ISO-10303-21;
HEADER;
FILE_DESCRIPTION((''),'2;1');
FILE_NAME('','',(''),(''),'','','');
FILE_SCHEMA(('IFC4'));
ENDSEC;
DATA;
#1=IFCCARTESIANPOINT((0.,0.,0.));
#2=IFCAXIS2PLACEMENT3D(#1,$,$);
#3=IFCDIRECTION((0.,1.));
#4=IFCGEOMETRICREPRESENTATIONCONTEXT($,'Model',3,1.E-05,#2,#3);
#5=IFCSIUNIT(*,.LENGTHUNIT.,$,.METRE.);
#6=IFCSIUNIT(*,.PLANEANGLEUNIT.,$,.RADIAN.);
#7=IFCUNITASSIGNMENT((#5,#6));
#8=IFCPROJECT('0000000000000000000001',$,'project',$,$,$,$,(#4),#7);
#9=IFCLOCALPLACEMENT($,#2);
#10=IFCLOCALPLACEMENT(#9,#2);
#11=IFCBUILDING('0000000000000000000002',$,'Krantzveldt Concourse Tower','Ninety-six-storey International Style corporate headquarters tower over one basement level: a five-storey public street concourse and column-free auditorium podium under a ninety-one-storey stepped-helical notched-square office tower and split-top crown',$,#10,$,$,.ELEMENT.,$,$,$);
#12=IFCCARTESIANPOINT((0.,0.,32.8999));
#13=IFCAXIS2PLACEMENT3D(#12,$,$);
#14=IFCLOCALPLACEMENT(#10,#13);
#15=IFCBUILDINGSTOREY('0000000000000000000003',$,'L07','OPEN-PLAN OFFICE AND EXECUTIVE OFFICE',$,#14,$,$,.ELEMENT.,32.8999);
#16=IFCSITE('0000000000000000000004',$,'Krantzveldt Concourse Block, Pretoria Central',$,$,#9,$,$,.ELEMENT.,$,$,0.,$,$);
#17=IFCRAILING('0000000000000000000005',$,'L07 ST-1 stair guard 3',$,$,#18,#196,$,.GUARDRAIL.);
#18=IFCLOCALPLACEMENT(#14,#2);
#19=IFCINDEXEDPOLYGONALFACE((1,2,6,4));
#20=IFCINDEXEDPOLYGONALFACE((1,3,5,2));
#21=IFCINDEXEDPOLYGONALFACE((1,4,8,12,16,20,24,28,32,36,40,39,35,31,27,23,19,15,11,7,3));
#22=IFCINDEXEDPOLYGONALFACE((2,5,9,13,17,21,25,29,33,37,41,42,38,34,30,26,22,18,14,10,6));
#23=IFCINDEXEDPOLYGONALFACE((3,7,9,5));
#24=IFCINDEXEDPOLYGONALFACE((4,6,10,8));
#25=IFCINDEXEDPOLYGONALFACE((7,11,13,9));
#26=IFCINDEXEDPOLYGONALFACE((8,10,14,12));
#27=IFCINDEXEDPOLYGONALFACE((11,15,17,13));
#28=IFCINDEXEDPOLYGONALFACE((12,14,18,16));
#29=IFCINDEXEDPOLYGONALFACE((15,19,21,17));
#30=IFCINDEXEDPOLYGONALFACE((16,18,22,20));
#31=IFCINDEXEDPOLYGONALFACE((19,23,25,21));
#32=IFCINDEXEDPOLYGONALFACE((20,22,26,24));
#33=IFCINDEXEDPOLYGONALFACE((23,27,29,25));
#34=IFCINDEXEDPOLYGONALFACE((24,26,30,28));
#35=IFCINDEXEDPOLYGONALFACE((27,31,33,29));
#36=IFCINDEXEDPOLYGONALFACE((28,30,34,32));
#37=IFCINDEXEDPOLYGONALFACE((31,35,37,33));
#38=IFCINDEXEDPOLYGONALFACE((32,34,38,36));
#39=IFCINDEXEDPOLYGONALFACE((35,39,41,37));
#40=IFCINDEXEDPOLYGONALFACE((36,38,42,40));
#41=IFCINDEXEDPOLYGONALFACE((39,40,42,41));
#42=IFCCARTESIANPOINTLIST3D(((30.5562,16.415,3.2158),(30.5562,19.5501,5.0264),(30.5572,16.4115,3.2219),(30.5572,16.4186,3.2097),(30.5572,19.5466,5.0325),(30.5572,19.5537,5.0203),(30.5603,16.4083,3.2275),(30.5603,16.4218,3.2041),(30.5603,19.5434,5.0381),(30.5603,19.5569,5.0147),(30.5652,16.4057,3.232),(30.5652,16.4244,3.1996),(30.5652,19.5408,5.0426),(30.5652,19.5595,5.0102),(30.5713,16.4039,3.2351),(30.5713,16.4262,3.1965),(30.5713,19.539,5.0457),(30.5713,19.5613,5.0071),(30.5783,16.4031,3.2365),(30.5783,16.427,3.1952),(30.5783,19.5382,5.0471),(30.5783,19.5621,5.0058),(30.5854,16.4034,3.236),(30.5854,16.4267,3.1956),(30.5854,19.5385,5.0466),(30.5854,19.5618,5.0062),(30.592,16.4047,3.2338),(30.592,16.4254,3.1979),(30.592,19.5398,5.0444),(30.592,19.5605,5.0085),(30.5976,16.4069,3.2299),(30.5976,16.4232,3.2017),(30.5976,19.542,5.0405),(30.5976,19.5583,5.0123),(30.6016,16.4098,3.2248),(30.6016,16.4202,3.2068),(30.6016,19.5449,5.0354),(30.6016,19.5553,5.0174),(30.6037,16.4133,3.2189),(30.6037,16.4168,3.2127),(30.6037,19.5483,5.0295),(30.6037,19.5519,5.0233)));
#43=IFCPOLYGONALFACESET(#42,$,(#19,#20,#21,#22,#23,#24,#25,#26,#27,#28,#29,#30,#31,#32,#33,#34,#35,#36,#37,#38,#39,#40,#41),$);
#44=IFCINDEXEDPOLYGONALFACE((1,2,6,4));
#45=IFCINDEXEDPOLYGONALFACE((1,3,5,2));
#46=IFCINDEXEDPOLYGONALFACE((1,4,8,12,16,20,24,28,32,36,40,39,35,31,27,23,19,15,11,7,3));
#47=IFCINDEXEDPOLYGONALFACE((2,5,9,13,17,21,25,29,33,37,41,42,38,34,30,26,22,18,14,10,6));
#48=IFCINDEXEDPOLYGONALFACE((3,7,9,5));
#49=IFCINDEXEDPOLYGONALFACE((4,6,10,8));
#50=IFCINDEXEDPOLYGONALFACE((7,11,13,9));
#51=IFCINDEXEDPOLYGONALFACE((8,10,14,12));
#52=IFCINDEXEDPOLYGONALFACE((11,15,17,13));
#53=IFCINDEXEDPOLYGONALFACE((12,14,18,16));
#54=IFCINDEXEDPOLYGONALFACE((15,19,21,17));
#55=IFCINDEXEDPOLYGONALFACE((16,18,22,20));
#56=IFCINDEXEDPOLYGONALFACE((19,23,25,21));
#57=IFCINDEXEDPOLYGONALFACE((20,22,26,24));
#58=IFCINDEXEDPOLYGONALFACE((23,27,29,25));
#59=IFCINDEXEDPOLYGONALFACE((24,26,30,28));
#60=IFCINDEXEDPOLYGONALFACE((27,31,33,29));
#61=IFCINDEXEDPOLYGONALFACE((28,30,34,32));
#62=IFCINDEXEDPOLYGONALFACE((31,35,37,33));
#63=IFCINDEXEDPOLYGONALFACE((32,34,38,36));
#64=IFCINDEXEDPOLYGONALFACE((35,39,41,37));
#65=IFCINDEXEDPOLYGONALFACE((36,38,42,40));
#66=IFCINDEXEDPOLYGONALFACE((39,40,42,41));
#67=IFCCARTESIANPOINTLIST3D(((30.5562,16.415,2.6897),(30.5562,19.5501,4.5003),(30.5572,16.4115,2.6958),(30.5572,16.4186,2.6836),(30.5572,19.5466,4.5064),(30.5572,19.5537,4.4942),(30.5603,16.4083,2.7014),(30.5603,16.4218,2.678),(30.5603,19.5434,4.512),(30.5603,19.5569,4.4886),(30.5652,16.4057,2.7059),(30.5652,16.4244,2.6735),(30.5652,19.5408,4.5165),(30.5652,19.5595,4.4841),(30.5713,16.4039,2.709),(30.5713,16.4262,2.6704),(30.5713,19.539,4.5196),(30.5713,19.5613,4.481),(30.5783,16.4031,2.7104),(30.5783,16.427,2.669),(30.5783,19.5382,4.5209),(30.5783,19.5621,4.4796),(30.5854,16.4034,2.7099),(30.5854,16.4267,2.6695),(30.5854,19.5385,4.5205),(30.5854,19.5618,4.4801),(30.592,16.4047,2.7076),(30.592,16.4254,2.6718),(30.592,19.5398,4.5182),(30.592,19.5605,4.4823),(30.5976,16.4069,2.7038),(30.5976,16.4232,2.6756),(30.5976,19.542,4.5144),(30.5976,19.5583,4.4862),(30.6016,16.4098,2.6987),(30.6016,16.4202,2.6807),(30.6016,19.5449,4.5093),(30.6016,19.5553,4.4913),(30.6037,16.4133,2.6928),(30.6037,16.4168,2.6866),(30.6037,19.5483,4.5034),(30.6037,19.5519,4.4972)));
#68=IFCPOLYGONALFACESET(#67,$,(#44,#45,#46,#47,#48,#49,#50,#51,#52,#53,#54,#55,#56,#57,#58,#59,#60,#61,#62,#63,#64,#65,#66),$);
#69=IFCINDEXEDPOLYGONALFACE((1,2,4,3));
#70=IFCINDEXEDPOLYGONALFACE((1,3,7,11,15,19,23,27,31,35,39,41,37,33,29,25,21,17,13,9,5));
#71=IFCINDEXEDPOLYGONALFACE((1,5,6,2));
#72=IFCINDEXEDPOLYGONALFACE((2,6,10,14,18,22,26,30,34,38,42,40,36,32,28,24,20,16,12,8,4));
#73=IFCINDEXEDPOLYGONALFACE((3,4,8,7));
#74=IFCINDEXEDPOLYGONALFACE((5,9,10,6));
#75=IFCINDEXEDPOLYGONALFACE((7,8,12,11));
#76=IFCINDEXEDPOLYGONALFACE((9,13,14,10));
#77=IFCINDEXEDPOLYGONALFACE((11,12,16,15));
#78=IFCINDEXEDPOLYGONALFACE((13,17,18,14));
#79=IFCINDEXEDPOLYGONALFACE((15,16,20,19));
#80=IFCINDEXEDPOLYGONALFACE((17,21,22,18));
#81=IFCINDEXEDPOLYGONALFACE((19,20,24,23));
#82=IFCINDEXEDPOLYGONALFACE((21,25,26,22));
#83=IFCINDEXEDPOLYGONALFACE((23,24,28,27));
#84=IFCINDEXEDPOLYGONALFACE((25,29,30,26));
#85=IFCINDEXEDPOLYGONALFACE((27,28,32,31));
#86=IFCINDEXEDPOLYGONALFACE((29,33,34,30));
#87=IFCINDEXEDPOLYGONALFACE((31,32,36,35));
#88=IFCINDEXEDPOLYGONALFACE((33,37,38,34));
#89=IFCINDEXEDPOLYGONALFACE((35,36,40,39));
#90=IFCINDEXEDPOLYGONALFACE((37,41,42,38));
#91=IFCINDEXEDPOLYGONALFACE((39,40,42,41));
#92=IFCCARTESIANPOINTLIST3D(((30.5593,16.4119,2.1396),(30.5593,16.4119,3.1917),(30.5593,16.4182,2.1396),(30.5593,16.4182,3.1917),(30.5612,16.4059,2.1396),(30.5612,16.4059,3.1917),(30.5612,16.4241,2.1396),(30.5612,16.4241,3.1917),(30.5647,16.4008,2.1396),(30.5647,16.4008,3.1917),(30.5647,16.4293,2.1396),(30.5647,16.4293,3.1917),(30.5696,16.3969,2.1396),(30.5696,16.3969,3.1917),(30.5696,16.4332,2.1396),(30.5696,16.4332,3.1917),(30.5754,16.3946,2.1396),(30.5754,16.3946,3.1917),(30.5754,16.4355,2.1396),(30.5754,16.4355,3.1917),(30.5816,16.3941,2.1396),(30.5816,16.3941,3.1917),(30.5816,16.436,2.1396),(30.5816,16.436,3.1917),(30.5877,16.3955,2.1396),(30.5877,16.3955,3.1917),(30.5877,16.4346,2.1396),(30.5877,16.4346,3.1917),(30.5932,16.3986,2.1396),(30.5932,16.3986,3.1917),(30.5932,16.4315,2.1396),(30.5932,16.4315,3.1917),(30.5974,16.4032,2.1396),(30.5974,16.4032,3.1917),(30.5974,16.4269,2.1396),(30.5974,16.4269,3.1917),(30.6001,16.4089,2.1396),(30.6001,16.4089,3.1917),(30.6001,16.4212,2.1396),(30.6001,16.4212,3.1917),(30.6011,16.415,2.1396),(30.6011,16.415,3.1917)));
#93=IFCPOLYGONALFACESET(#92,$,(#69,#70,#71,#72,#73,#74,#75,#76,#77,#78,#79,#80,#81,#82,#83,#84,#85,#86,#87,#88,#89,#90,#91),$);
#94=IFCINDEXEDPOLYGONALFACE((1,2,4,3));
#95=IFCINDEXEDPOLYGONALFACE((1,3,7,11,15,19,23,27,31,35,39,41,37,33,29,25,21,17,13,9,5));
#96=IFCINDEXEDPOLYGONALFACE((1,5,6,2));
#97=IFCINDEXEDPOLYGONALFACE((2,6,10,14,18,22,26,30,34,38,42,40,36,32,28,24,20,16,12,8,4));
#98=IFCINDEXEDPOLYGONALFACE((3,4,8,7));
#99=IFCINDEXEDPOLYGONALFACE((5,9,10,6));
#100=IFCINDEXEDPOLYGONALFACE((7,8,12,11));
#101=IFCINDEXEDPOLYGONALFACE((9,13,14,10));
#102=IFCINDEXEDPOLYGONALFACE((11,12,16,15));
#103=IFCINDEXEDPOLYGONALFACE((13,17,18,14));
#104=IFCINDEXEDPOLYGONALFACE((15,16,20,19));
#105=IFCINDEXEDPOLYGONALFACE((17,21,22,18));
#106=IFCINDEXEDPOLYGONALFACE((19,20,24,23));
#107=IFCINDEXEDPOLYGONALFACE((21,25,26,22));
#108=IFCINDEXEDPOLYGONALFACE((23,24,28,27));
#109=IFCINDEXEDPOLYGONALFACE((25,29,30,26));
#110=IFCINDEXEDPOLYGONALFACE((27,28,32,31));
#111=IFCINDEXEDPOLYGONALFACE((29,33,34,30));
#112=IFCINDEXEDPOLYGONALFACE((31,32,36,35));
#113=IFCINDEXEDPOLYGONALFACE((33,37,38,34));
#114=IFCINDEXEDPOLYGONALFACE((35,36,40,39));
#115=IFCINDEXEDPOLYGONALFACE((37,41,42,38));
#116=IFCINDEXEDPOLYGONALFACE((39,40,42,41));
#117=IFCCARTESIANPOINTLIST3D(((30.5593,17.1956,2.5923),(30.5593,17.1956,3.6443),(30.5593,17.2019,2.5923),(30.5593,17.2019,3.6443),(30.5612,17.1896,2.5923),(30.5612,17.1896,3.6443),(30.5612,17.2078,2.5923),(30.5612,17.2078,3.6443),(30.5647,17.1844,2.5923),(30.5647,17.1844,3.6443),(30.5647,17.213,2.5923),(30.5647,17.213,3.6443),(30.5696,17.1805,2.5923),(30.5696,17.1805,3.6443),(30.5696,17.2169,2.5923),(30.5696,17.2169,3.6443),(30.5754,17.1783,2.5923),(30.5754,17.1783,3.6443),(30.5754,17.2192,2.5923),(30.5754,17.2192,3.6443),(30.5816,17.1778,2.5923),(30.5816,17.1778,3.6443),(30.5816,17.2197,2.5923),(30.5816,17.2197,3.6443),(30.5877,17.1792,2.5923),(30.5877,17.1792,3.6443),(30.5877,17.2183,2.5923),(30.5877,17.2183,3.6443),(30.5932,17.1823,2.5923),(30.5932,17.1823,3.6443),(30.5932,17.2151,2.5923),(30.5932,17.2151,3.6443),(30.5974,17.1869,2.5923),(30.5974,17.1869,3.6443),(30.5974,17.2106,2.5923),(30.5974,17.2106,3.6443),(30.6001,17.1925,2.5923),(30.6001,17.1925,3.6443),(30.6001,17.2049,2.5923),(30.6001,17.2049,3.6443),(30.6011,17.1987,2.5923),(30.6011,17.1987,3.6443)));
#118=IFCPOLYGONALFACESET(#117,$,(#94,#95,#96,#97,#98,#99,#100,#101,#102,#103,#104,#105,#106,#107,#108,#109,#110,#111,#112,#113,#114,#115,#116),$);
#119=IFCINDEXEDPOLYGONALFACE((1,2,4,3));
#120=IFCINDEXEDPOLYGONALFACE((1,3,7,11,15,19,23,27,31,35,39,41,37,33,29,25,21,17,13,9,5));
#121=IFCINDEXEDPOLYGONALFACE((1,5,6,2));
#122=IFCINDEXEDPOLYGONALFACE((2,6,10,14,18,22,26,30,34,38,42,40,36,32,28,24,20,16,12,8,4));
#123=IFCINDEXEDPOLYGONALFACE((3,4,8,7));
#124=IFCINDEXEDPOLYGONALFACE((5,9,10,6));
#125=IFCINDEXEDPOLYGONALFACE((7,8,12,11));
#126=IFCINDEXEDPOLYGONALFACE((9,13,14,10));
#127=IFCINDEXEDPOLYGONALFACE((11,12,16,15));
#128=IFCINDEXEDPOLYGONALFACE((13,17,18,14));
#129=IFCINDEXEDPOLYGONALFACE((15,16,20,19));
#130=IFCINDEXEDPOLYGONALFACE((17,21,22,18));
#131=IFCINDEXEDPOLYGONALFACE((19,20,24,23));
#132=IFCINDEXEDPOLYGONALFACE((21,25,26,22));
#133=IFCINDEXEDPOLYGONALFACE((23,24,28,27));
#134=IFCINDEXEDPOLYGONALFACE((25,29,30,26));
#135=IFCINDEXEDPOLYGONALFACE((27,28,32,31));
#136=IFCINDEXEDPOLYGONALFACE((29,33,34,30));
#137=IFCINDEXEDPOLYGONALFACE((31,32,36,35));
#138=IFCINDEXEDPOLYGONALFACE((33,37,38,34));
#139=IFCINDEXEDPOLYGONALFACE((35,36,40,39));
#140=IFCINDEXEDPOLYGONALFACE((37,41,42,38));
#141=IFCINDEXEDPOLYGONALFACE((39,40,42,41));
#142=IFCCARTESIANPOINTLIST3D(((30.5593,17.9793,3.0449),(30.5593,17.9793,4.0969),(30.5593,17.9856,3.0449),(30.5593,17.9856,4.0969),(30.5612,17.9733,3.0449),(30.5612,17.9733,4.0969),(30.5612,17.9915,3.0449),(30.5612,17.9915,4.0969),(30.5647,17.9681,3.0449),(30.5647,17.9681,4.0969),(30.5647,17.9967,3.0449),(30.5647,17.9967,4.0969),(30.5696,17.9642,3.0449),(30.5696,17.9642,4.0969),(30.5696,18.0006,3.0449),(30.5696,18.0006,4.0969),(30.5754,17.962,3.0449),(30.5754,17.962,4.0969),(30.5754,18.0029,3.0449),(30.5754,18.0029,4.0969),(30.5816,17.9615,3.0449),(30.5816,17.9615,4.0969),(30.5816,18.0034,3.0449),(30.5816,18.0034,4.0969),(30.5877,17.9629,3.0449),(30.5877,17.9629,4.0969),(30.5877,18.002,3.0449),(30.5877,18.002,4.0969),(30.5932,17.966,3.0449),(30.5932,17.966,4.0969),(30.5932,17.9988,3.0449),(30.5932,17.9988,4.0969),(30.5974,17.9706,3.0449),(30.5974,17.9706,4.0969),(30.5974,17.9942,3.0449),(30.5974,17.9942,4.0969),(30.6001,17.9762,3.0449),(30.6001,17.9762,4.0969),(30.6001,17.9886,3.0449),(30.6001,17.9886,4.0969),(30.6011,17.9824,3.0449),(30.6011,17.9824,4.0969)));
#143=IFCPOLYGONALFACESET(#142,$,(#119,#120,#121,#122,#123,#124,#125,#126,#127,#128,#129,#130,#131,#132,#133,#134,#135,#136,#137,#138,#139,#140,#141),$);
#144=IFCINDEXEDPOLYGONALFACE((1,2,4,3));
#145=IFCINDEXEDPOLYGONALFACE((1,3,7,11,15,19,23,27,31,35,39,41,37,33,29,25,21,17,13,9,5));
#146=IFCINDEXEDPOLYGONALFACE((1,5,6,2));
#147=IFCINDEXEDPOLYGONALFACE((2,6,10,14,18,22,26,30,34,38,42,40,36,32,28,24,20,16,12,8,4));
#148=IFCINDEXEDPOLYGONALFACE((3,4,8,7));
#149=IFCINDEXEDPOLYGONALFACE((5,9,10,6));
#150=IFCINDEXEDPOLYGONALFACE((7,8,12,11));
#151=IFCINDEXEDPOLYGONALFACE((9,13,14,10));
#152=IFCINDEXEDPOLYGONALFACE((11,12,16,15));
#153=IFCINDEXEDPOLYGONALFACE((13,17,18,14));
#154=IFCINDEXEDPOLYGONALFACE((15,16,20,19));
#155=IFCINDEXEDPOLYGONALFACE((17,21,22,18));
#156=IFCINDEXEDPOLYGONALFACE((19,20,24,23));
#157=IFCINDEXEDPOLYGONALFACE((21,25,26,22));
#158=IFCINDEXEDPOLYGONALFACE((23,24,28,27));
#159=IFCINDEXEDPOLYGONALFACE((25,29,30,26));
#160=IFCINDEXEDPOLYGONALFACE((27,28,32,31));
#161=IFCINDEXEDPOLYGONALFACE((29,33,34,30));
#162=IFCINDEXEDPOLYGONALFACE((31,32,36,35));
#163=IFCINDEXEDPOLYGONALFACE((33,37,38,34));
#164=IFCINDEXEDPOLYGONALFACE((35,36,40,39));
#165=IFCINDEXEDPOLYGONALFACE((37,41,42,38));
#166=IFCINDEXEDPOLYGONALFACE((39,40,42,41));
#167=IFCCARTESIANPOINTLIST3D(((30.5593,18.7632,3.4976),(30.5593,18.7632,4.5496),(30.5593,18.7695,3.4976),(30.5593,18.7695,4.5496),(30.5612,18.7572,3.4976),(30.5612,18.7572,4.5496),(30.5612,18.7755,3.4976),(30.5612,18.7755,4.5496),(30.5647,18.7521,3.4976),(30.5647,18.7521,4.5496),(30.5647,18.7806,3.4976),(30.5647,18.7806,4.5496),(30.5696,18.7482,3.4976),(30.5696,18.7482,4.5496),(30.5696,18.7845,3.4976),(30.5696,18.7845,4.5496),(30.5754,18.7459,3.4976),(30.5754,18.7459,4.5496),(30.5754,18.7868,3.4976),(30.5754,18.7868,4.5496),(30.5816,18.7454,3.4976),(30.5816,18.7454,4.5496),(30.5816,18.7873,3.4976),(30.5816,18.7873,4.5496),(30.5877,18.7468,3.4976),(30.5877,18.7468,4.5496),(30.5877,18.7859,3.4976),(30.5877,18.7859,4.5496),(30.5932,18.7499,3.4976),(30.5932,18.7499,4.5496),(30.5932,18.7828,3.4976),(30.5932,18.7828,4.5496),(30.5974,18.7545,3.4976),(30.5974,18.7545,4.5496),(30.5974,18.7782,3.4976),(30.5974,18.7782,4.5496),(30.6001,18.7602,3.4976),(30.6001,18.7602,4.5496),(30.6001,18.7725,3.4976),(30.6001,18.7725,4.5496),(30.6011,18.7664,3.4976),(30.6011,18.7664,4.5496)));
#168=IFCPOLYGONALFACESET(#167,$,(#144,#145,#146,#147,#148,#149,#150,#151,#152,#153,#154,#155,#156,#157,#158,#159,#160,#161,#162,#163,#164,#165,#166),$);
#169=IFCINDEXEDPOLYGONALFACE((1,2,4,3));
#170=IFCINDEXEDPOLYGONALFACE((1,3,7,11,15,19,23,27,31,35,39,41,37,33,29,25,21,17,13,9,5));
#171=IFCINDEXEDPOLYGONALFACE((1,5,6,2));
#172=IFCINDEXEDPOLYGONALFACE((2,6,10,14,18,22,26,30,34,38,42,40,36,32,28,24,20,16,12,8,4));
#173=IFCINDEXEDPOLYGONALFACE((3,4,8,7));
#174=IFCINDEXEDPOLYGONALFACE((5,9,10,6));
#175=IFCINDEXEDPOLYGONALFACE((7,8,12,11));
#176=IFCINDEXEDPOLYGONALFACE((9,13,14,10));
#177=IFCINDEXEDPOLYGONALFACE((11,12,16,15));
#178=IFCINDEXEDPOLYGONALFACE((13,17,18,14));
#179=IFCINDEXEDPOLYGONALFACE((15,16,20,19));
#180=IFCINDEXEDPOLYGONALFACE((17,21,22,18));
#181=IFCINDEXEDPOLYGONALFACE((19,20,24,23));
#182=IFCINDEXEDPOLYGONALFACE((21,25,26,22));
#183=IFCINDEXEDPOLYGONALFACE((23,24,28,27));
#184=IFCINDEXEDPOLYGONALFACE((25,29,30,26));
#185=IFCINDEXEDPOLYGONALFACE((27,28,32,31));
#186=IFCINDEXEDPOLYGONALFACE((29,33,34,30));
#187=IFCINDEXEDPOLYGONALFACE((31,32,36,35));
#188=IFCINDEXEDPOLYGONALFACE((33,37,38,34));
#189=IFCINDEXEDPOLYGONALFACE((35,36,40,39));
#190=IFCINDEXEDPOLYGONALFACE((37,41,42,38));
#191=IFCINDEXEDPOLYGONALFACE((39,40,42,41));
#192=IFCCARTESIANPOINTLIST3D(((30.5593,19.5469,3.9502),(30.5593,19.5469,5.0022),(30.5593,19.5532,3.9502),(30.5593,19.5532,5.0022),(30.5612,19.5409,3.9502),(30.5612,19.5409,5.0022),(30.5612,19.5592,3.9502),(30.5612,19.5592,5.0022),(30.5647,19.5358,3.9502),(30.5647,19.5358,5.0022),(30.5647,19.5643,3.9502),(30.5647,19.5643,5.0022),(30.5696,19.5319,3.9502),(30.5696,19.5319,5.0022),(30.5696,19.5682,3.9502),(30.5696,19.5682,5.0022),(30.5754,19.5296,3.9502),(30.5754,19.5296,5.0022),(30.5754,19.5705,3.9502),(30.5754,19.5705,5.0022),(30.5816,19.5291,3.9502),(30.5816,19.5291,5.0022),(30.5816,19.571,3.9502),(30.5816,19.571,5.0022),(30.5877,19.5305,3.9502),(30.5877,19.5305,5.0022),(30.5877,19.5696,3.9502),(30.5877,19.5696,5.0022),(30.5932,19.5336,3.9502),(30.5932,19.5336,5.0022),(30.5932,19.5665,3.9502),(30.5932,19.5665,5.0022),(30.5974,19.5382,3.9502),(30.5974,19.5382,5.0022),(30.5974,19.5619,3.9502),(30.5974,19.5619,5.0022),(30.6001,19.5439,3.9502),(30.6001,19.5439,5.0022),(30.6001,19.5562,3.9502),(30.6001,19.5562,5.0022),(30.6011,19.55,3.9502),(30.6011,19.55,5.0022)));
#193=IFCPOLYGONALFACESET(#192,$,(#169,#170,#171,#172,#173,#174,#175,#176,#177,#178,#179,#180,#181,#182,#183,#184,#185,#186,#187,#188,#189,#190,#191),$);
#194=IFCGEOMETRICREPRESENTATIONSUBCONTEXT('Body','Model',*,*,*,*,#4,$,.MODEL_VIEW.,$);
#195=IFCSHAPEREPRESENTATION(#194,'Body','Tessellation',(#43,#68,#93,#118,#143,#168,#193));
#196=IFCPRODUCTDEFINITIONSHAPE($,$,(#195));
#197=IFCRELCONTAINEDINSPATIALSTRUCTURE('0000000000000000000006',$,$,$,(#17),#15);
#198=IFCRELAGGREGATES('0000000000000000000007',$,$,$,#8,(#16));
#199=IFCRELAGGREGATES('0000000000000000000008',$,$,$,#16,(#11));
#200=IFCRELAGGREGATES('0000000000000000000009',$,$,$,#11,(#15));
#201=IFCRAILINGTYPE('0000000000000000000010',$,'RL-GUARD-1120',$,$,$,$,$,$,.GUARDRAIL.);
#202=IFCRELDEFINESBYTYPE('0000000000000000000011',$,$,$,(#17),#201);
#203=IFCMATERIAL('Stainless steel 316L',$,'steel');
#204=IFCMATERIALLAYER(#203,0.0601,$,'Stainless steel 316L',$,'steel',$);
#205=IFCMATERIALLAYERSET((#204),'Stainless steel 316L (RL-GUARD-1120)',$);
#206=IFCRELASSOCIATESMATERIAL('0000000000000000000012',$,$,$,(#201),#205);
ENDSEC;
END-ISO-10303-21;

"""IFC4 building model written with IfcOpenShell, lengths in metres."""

from ifc_helpers import new_model, si_unit, direction, frame, origin, origin_2d, place, context, subcontext, project, spatial, circle, extrude, material, layer, layer_set, type_object, element, save


model = new_model("IFC4")

# Units and contexts
model_context = context("Model", 3, precision=1e-05, world=origin(), true_north=direction((0.0, 1.0)))
body_context = subcontext(model_context, "Body", "Model", "MODEL_VIEW")
ifc_project = project(units=[si_unit("LENGTHUNIT", "METRE"), si_unit("PLANEANGLEUNIT", "RADIAN")], contexts=[model_context])

# Site, building, storey
site_placement = place(None, origin())
site = spatial("IfcSite", under=ifc_project, at=site_placement, Name="Krantzveldt Concourse Block, Pretoria Central", CompositionType="ELEMENT", RefElevation=0.0)
building_placement = place(site_placement, origin())
building = spatial("IfcBuilding", under=site, at=building_placement, Name="Krantzveldt Concourse Tower", Description="Ninety-six-storey International Style corporate headquarters tower over one basement level: a five-storey public street concourse and column-free auditorium podium under a ninety-one-storey stepped-helical notched-square office tower and split-top crown", CompositionType="ELEMENT")
storey_placement = place(building_placement, frame((0.0, 0.0, 32.8999)))
storey = spatial("IfcBuildingStorey", under=building, at=storey_placement, Name="L07", Description="OPEN-PLAN OFFICE AND EXECUTIVE OFFICE", CompositionType="ELEMENT", Elevation=32.8999)

# Railing
ifc_material_1 = material(Name="Stainless steel 316L", Category="steel")
ifc_layer_1 = layer(ifc_material_1, 0.0601, Name="Stainless steel 316L", Category="steel")
ifc_layer_set_1 = layer_set([ifc_layer_1], Name="Stainless steel 316L (RL-GUARD-1120)")
railing_type_1 = type_object("IfcRailingType", Name="RL-GUARD-1120", PredefinedType="GUARDRAIL", material=ifc_layer_set_1)
railing_1_placement = place(storey_placement, frame((30.5801, 16.415, 2.1396)))
element("IfcRailing", 1, at=railing_1_placement, inside=storey, type_object=railing_type_1, Name="L07 ST-1 stair guard 3", PredefinedType="GUARDRAIL", context=body_context, shape_type="SweptSolid", body=[
    extrude(circle(Radius=0.0239, at=origin_2d()), frame((0.0, 0.0, 1.0762), z_axis=(0.0, 0.86596, 0.500114), x_axis=(-1.0, 0.0, 0.0)), (0.0, 0.0, 1.0), 3.6204),
    extrude(circle(Radius=0.0239, at=origin_2d()), frame((0.0, 0.0, 0.55), z_axis=(0.0, 0.86596, 0.500114), x_axis=(-1.0, 0.0, 0.0)), (0.0, 0.0, 1.0), 3.6204),
    extrude(circle(Radius=0.021, at=origin_2d()), origin(), (0.0, 0.0, 1.0), 1.052),
    extrude(circle(Radius=0.021, at=origin_2d()), frame((0.0, 0.7837, 0.4526)), (0.0, 0.0, 1.0), 1.052),
    extrude(circle(Radius=0.021, at=origin_2d()), frame((0.0, 1.5674, 0.9053)), (0.0, 0.0, 1.0), 1.052),
    extrude(circle(Radius=0.021, at=origin_2d()), frame((0.0, 2.3513, 1.3579)), (0.0, 0.0, 1.0), 1.052),
    extrude(circle(Radius=0.021, at=origin_2d()), frame((0.0, 3.135, 1.8105)), (0.0, 0.0, 1.0), 1.052),
])

save(model, "model.ifc")
